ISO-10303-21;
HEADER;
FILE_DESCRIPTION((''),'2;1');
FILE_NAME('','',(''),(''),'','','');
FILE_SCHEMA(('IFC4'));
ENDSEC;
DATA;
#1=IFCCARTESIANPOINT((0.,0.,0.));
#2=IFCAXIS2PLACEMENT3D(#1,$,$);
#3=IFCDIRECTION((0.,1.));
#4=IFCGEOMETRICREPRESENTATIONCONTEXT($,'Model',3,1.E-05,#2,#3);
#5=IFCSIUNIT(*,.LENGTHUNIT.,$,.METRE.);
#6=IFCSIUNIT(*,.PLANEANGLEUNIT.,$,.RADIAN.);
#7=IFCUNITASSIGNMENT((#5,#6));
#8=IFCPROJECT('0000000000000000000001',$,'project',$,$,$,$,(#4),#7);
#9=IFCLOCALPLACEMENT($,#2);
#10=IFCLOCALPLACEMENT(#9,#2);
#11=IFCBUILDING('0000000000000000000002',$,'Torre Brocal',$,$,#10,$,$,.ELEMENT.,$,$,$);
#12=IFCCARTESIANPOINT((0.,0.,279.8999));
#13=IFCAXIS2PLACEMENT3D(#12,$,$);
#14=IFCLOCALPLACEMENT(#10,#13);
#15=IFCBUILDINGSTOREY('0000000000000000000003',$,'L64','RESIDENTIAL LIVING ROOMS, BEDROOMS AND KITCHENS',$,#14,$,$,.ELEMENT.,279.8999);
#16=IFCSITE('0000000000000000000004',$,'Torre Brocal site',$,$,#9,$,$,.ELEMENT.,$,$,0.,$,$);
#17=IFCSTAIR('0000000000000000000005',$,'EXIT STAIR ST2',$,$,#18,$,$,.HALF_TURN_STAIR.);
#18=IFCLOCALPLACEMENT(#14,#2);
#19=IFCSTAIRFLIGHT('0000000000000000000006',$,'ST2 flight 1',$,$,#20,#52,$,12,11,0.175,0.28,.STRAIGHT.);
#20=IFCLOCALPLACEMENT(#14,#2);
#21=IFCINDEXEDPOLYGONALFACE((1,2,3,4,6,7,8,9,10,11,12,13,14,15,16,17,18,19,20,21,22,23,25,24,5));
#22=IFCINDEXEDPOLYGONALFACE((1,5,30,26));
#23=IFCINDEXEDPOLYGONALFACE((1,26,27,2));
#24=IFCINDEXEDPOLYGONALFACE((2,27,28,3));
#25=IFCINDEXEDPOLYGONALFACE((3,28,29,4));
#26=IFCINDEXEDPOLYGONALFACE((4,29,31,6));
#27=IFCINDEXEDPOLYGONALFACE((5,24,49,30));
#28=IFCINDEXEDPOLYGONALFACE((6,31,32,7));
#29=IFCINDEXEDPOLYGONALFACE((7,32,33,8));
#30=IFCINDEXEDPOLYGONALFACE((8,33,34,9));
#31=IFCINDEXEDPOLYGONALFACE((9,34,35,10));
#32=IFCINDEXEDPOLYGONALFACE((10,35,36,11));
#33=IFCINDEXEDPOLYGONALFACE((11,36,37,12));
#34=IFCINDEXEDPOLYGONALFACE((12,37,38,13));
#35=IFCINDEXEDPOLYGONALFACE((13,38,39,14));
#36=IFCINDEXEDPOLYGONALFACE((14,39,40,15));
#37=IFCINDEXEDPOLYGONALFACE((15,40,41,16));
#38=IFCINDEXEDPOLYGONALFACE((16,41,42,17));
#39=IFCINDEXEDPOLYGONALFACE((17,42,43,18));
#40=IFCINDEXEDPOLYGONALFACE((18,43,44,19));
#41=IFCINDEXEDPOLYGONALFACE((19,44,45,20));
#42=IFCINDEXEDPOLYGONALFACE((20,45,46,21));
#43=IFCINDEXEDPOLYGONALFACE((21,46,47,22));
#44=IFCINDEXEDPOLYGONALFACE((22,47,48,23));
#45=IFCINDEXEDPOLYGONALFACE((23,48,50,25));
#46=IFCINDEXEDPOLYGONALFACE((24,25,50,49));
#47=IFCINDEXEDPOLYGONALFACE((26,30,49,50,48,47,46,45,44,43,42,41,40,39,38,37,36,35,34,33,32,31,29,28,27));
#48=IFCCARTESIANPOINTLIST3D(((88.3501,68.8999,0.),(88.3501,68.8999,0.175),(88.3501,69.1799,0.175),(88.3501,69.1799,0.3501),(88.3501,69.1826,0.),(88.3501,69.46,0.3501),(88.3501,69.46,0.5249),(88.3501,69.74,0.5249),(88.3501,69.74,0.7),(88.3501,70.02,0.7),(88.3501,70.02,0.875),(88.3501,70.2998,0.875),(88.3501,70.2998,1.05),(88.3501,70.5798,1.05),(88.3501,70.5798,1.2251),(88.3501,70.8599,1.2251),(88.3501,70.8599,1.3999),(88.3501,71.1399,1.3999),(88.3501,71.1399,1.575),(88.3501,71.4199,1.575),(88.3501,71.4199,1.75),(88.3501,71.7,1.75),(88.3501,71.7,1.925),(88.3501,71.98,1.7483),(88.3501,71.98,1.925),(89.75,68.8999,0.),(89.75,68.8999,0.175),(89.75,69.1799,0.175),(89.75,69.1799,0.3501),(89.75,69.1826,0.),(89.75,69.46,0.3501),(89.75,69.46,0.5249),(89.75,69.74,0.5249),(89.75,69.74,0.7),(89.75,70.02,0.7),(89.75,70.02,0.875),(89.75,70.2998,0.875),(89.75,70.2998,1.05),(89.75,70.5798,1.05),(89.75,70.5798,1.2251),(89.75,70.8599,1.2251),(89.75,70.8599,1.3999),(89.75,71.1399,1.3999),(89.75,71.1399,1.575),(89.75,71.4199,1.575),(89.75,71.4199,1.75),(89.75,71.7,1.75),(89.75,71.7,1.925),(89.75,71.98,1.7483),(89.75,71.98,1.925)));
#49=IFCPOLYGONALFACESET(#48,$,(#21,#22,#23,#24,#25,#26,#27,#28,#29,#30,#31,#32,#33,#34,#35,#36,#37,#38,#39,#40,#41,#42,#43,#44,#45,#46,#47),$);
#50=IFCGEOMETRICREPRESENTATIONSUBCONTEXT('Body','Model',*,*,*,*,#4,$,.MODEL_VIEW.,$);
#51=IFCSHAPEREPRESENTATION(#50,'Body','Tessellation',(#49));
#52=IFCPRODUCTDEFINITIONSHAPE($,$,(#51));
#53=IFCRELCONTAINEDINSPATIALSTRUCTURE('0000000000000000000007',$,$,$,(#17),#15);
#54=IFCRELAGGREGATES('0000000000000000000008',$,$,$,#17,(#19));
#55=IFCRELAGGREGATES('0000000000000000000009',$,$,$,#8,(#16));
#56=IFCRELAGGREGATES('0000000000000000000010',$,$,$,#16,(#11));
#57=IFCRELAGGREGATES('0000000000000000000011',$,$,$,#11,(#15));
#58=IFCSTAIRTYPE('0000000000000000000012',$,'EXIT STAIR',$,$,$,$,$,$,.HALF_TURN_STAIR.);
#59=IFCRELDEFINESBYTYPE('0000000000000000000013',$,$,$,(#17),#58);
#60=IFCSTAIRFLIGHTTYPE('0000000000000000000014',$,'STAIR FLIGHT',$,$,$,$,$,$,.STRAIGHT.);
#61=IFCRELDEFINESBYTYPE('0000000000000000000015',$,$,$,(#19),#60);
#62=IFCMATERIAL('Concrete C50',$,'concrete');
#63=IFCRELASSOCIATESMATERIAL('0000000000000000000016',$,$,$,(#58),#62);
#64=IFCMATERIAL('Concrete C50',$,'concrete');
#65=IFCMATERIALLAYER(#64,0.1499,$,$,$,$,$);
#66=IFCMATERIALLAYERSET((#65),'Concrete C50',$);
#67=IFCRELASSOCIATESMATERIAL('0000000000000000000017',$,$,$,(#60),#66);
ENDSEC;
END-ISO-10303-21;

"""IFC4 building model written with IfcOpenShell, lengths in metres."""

from ifc_helpers import new_model, si_unit, direction, frame, origin, place, context, subcontext, project, spatial, polyline, outline, extrude, material, layer, layer_set, type_object, element, aggregate, save


model = new_model("IFC4")

# Units and contexts
model_context = context("Model", 3, precision=1e-05, world=origin(), true_north=direction((0.0, 1.0)))
body_context = subcontext(model_context, "Body", "Model", "MODEL_VIEW")
ifc_project = project(units=[si_unit("LENGTHUNIT", "METRE"), si_unit("PLANEANGLEUNIT", "RADIAN")], contexts=[model_context])

# Site, building, storey
site_placement = place(None, origin())
site = spatial("IfcSite", under=ifc_project, at=site_placement, Name="Torre Brocal site", CompositionType="ELEMENT", RefElevation=0.0)
building_placement = place(site_placement, origin())
building = spatial("IfcBuilding", under=site, at=building_placement, Name="Torre Brocal", CompositionType="ELEMENT")
storey_placement = place(building_placement, frame((0.0, 0.0, 279.8999)))
storey = spatial("IfcBuildingStorey", under=building, at=storey_placement, Name="L64", Description="RESIDENTIAL LIVING ROOMS, BEDROOMS AND KITCHENS", CompositionType="ELEMENT", Elevation=279.8999)

# Stair, stair flight
ifc_material_1 = material(Name="Concrete C50", Category="concrete")
stair_type = type_object("IfcStairType", Name="EXIT STAIR", PredefinedType="HALF_TURN_STAIR", material=ifc_material_1)
stair_placement = place(storey_placement, origin())
stair = element("IfcStair", 1, at=stair_placement, inside=storey, type_object=stair_type, Name="EXIT STAIR ST2", PredefinedType="HALF_TURN_STAIR")
ifc_material_2 = material(Name="Concrete C50", Category="concrete")
ifc_layer_1 = layer(ifc_material_2, 0.1499)
ifc_layer_set_1 = layer_set([ifc_layer_1], Name="Concrete C50")
stair_flight_type = type_object("IfcStairFlightType", Name="STAIR FLIGHT", PredefinedType="STRAIGHT", material=ifc_layer_set_1)
stair_flight_placement = place(storey_placement, frame((89.05, 68.8999, 0.0), z_axis=(0.0, 0.0, 1.0), x_axis=(0.0, 1.0, 0.0)))
stair_flight = element("IfcStairFlight", 2, at=stair_flight_placement, type_object=stair_flight_type, Name="ST2 flight 1", NumberOfRisers=12, NumberOfTreads=11, PredefinedType="STRAIGHT", RiserHeight=0.175, TreadLength=0.28, context=body_context, shape_type="SweptSolid", body=[
    extrude(outline(polyline([(0.0, 0.0), (0.0, 0.175), (0.28, 0.175), (0.28, 0.3501), (0.5601, 0.3501), (0.5601, 0.5249), (0.8401, 0.5249), (0.8401, 0.7), (1.1201, 0.7), (1.1201, 0.875), (1.3999, 0.875), (1.3999, 1.05), (1.6799, 1.05), (1.6799, 1.2251), (1.96, 1.2251), (1.96, 1.3999), (2.24, 1.3999), (2.24, 1.575), (2.52, 1.575), (2.52, 1.75), (2.8, 1.75), (2.8, 1.925), (3.0801, 1.925), (3.0801, 2.1001), (3.0801, 1.7483), (0.2827, 0.0), (0.0, 0.0)])), frame((0.0, 0.7, 0.0), z_axis=(0.0, -1.0, 0.0), x_axis=(1.0, 0.0, 0.0)), (0.0, 0.0, 1.0), 1.3999),
])
aggregate(stair, [stair_flight])

save(model, "model.ifc")
